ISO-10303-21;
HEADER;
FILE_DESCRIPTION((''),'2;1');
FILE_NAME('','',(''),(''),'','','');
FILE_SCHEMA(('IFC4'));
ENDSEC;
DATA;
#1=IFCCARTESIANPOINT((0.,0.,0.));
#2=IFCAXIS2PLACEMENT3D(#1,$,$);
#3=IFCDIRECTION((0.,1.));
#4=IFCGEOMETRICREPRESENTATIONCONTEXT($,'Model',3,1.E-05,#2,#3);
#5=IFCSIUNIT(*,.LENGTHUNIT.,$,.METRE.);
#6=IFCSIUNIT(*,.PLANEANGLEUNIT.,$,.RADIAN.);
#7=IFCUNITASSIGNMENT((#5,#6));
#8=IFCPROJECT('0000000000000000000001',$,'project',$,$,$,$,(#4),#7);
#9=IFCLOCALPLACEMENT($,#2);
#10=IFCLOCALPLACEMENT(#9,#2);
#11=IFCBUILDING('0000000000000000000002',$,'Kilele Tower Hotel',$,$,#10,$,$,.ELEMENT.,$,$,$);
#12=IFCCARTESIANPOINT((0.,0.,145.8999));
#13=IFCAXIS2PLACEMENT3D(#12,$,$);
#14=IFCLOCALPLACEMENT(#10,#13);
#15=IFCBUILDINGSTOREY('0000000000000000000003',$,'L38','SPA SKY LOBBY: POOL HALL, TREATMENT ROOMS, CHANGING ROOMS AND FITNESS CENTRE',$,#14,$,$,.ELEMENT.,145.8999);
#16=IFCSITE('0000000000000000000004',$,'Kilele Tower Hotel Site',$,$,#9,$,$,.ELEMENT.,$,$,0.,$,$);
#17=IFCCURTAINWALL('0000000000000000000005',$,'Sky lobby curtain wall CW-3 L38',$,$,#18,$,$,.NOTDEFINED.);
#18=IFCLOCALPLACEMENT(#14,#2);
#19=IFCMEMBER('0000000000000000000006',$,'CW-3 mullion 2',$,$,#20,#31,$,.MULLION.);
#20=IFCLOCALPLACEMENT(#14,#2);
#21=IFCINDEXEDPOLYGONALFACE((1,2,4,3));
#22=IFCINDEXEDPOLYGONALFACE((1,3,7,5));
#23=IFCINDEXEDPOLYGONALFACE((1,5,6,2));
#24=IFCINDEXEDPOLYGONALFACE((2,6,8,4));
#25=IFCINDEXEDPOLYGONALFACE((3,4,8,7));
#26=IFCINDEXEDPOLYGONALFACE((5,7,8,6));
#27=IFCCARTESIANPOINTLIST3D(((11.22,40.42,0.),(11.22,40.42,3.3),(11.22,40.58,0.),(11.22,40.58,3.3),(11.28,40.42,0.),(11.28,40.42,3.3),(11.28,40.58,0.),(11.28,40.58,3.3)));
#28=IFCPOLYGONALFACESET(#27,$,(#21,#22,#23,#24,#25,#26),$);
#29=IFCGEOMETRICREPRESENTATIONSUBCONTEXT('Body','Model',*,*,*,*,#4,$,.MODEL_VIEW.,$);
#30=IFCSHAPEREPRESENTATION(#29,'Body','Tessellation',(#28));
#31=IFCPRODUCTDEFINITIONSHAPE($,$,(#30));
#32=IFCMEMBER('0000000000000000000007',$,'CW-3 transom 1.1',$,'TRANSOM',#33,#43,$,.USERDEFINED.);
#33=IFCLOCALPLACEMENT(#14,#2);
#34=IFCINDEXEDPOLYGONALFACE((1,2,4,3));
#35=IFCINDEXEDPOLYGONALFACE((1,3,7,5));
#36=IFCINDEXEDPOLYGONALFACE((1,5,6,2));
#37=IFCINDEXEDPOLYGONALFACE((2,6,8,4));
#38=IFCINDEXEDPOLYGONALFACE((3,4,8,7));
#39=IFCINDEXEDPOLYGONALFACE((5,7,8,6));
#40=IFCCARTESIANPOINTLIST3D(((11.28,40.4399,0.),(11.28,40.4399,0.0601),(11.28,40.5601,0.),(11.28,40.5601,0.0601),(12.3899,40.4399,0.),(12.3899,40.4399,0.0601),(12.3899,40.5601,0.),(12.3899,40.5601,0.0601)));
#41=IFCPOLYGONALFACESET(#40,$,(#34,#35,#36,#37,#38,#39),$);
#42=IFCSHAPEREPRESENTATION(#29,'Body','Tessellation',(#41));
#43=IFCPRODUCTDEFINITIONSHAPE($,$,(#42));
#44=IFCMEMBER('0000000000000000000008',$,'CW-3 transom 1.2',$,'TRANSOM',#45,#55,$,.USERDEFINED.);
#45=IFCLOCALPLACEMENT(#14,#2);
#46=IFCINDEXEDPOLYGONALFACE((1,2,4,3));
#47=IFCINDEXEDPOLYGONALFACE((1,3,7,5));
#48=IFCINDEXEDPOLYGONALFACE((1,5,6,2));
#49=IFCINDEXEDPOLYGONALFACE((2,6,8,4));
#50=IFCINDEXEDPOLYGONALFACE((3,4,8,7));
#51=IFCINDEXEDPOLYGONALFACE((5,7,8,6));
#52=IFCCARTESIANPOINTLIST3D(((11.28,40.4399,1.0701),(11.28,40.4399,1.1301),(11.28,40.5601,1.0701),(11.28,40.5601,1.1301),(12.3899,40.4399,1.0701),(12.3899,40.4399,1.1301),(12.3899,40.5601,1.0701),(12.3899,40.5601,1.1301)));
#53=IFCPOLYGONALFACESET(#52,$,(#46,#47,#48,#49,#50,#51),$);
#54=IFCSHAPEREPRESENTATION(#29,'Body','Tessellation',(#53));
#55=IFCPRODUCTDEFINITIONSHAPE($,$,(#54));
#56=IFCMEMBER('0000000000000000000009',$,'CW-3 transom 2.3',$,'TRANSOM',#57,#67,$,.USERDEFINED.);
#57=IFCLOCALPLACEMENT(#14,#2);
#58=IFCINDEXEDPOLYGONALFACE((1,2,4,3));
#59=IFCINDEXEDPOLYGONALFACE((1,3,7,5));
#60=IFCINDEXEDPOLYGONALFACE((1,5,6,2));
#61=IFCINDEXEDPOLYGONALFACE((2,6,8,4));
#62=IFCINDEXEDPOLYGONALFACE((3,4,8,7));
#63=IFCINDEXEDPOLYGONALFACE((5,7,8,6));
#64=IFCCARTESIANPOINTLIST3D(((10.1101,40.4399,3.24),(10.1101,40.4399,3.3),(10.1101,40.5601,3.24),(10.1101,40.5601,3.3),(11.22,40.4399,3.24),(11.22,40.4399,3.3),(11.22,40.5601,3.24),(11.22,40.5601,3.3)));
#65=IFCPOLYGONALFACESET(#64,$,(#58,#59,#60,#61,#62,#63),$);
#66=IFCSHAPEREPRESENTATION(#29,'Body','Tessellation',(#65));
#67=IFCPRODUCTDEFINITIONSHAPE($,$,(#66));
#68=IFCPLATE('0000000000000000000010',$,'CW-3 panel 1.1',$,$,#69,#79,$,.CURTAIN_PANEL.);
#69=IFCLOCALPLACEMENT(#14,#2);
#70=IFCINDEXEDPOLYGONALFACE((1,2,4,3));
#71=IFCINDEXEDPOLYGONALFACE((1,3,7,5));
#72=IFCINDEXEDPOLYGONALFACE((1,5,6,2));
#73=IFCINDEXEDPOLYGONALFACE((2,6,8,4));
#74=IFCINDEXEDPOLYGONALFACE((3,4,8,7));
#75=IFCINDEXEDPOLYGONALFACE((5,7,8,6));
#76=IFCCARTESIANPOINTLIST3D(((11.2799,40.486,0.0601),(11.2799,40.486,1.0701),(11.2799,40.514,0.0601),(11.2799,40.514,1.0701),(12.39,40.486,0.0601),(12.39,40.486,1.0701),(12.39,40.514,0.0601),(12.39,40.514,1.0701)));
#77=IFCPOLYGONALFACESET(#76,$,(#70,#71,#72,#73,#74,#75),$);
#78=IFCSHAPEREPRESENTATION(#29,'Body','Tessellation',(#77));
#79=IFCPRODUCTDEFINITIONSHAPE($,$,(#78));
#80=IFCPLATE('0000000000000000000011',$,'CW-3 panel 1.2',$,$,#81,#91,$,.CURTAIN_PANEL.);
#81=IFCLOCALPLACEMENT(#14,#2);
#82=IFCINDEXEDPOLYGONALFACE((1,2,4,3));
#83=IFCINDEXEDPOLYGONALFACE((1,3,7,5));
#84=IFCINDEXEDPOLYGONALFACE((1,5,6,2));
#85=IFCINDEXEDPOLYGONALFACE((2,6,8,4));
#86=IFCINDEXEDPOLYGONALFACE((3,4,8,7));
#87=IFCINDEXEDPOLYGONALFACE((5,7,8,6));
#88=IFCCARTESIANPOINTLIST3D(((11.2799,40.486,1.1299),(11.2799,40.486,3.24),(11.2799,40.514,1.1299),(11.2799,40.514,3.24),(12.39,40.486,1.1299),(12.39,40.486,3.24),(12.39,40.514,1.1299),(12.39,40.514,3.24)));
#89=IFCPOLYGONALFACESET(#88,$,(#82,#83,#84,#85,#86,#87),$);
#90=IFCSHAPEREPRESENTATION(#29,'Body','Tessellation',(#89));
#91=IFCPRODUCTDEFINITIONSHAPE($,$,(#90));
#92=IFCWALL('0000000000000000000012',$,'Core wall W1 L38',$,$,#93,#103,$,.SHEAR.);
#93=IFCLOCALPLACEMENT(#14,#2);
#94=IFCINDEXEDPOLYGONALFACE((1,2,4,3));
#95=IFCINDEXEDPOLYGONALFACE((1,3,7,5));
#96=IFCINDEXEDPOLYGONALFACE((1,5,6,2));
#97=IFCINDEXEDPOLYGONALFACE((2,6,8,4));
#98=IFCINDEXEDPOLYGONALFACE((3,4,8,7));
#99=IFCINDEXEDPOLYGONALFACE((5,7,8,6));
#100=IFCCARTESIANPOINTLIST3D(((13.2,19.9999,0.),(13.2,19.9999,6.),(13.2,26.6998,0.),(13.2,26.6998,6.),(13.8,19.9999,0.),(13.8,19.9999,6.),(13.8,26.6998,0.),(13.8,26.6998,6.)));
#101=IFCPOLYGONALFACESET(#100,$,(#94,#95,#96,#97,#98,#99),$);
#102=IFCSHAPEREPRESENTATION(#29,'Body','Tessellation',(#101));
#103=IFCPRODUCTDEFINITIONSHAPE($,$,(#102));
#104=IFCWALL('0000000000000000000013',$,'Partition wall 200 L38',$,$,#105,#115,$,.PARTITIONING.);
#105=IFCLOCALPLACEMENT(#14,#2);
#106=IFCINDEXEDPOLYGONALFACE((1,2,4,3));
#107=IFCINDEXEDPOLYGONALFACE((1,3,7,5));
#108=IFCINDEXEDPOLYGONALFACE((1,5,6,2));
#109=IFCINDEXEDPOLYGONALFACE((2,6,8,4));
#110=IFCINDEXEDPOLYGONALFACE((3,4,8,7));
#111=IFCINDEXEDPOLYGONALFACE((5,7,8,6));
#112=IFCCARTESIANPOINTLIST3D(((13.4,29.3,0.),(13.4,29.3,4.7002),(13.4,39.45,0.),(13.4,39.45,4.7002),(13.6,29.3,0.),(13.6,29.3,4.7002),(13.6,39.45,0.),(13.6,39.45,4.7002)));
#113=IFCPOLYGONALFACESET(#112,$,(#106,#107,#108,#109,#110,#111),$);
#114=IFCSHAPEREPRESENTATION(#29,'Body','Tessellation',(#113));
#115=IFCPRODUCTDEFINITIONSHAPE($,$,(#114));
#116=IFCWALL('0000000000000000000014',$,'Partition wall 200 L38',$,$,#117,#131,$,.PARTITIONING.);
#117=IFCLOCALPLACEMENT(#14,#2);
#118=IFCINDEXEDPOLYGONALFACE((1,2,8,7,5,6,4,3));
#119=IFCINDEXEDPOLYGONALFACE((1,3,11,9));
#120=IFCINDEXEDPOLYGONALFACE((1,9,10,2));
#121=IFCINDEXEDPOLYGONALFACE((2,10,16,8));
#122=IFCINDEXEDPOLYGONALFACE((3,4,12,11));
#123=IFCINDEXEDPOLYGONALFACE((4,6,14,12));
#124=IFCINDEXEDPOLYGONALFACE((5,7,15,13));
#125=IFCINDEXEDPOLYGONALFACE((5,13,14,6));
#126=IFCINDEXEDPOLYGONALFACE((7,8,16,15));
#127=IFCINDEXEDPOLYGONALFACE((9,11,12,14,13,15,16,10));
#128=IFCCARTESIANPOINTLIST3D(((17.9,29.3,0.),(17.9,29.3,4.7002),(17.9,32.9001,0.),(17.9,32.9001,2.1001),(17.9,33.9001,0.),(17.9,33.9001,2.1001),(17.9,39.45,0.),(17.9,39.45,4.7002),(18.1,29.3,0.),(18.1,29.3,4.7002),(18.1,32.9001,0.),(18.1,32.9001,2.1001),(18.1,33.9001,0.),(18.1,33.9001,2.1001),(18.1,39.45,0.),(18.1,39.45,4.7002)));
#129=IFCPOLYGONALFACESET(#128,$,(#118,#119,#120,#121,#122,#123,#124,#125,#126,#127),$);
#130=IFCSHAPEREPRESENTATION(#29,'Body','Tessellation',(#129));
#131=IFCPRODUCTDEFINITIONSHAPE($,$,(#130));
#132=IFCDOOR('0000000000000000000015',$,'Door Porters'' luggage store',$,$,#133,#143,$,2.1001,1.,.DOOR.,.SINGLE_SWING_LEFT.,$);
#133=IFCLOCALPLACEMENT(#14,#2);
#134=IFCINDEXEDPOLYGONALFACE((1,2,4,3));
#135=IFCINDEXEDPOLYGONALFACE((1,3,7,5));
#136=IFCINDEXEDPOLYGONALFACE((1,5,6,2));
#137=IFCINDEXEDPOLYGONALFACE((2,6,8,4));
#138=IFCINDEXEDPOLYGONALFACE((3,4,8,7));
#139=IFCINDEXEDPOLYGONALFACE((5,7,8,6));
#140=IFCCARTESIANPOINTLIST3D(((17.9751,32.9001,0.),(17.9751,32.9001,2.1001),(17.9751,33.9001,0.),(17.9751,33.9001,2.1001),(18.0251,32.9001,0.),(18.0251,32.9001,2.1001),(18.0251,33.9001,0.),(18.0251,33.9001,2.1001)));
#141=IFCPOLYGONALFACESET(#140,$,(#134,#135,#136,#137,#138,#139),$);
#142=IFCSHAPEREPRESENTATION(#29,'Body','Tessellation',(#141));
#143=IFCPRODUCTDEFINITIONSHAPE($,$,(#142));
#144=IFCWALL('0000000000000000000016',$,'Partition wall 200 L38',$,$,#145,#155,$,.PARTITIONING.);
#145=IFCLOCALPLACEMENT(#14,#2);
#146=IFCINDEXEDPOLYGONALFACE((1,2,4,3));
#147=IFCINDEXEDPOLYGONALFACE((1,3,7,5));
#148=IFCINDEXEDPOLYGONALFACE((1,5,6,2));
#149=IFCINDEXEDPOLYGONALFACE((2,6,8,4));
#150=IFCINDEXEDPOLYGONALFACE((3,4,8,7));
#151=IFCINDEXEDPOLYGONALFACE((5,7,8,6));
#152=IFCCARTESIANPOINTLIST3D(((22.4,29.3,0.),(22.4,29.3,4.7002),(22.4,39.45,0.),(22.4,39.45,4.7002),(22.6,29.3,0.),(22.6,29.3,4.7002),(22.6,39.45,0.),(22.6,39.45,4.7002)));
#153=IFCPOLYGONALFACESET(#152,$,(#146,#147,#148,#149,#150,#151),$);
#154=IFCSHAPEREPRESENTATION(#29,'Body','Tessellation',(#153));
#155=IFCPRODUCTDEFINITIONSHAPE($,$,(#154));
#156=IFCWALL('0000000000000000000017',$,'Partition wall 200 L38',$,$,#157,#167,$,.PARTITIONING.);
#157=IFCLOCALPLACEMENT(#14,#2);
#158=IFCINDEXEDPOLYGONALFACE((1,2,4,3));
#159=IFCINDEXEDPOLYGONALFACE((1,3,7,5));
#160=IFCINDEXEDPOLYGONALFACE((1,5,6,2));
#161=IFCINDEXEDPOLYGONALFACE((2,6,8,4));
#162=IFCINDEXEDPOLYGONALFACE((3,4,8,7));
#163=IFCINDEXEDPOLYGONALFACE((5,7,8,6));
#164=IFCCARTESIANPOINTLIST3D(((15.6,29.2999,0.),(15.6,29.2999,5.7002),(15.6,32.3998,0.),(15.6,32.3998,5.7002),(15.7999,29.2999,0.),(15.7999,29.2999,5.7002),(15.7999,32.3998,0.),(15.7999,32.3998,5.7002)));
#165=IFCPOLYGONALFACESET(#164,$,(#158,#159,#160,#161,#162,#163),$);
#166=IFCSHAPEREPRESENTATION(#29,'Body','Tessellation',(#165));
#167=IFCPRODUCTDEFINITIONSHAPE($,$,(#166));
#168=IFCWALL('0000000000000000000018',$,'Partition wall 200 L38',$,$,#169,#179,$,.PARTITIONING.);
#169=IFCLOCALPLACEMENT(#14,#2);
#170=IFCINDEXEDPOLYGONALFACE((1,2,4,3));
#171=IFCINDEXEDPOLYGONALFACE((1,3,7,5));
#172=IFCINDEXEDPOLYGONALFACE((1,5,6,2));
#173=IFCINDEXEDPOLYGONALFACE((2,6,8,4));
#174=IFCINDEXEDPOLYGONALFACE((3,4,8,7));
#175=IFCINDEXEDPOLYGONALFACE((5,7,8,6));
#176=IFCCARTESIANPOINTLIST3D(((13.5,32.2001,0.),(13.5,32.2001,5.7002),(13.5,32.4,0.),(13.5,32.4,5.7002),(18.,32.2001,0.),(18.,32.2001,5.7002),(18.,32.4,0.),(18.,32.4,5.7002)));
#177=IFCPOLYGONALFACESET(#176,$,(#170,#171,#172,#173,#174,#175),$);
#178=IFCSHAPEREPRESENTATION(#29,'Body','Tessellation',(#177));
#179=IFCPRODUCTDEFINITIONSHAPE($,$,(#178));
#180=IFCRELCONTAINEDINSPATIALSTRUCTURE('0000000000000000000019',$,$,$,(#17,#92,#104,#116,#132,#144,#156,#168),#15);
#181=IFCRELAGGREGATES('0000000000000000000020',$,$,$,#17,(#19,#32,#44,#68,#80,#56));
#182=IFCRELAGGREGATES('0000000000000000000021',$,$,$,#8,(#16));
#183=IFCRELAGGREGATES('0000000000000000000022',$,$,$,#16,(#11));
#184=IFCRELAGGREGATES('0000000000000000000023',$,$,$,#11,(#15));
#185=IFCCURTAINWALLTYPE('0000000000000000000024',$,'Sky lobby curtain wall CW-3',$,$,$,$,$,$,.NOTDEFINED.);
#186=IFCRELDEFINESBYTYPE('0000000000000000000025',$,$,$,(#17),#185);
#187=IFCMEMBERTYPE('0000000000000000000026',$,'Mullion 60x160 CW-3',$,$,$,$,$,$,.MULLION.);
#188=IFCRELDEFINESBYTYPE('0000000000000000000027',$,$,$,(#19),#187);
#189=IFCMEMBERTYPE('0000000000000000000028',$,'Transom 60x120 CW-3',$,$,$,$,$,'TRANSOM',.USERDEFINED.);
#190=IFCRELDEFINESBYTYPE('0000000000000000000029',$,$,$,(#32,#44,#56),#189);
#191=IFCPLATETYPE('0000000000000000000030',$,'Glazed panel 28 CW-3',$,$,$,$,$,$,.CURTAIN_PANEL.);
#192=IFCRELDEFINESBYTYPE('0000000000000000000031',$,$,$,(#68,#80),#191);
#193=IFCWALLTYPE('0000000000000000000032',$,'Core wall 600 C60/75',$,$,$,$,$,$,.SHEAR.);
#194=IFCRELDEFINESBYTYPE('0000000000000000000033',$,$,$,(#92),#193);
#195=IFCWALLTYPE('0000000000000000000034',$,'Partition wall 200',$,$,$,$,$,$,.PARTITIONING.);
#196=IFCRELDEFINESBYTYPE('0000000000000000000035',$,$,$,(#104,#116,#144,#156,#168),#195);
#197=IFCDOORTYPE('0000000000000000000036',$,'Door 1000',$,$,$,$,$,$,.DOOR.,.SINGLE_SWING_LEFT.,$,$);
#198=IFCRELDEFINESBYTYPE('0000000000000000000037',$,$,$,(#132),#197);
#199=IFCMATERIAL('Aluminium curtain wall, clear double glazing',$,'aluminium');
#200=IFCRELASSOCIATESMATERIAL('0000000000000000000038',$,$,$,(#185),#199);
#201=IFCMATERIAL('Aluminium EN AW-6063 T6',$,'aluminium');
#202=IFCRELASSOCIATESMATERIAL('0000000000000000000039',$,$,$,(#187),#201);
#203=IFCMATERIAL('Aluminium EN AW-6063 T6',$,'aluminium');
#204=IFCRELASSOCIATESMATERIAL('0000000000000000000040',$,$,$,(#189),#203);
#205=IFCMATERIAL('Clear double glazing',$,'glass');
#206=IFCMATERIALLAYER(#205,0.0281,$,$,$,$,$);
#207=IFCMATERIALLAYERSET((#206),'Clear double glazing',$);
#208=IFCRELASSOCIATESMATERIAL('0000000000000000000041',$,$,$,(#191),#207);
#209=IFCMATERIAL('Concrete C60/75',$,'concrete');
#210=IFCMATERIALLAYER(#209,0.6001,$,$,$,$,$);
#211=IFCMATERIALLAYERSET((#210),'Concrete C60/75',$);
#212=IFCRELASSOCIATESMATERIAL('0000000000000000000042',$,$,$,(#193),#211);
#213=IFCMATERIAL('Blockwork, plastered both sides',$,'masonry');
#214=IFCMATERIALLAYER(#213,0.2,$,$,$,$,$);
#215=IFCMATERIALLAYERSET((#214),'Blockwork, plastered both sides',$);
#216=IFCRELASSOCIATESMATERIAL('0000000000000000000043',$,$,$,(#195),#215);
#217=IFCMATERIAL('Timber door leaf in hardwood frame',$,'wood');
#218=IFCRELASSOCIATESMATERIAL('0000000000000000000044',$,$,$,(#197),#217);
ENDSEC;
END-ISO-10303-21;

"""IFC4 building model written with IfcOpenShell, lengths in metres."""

from ifc_helpers import new_model, si_unit, direction, frame, frame_2d, origin, origin_2d, place, context, subcontext, project, spatial, rectangle, extrude, material, layer, layer_set, material_profile, profile_set, type_object, element, fill, aggregate, save


model = new_model("IFC4")

# Units and contexts
model_context = context("Model", 3, precision=1e-05, world=origin(), true_north=direction((0.0, 1.0)))
body_context = subcontext(model_context, "Body", "Model", "MODEL_VIEW")
ifc_project = project(units=[si_unit("LENGTHUNIT", "METRE"), si_unit("PLANEANGLEUNIT", "RADIAN")], contexts=[model_context])

# Site, building, storey
site_placement = place(None, origin())
site = spatial("IfcSite", under=ifc_project, at=site_placement, Name="Kilele Tower Hotel Site", CompositionType="ELEMENT", RefElevation=0.0)
building_placement = place(site_placement, origin())
building = spatial("IfcBuilding", under=site, at=building_placement, Name="Kilele Tower Hotel", CompositionType="ELEMENT")
storey_placement = place(building_placement, frame((0.0, 0.0, 145.8999)))
storey = spatial("IfcBuildingStorey", under=building, at=storey_placement, Name="L38", Description="SPA SKY LOBBY: POOL HALL, TREATMENT ROOMS, CHANGING ROOMS AND FITNESS CENTRE", CompositionType="ELEMENT", Elevation=145.8999)

# Curtain wall, members, plates
ifc_material_1 = material(Name="Aluminium curtain wall, clear double glazing", Category="aluminium")
curtain_wall_type = type_object("IfcCurtainWallType", Name="Sky lobby curtain wall CW-3", PredefinedType="NOTDEFINED", material=ifc_material_1)
curtain_wall_placement = place(storey_placement, origin())
curtain_wall = element("IfcCurtainWall", 1, at=curtain_wall_placement, inside=storey, type_object=curtain_wall_type, Name="Sky lobby curtain wall CW-3 L38", PredefinedType="NOTDEFINED")
ifc_material_2 = material(Name="Aluminium EN AW-6063 T6", Category="aluminium")
ifc_material_profile_1 = material_profile(ifc_material_2, rectangle(XDim=0.1599, YDim=0.0601, at=origin_2d()))
ifc_profile_set_1 = profile_set([ifc_material_profile_1], Name="Aluminium EN AW-6063 T6")
member_type_1 = type_object("IfcMemberType", Name="Mullion 60x160 CW-3", PredefinedType="MULLION", material=ifc_profile_set_1)
member_1_placement = place(storey_placement, frame((11.25, 40.5, 0.0), z_axis=(0.0, 0.0, 1.0), x_axis=(0.0, -1.0, 0.0)))
member_1 = element("IfcMember", 2, at=member_1_placement, type_object=member_type_1, Name="CW-3 mullion 2", PredefinedType="MULLION", context=body_context, shape_type="SweptSolid", body=[
    extrude(rectangle(XDim=0.1599, YDim=0.0601, at=origin_2d()), origin(), (0.0, 0.0, 1.0), 3.3),
])
ifc_material_3 = material(Name="Aluminium EN AW-6063 T6", Category="aluminium")
ifc_material_profile_2 = material_profile(ifc_material_3, rectangle(XDim=0.1201, YDim=0.0601, at=origin_2d()))
ifc_profile_set_2 = profile_set([ifc_material_profile_2], Name="Aluminium EN AW-6063 T6")
member_type_2 = type_object("IfcMemberType", Name="Transom 60x120 CW-3", ElementType="TRANSOM", PredefinedType="USERDEFINED", material=ifc_profile_set_2)
member_2_placement = place(storey_placement, frame((12.3899, 40.5, 0.03), z_axis=(-1.0, 0.0, 0.0), x_axis=(0.0, -1.0, 0.0)))
member_2 = element("IfcMember", 3, at=member_2_placement, type_object=member_type_2, Name="CW-3 transom 1.1", ObjectType="TRANSOM", PredefinedType="USERDEFINED", context=body_context, shape_type="SweptSolid", body=[
    extrude(rectangle(XDim=0.1201, YDim=0.0601, at=origin_2d()), origin(), (0.0, 0.0, 1.0), 1.1099),
])
member_3_placement = place(storey_placement, frame((12.3899, 40.5, 1.1001), z_axis=(-1.0, 0.0, 0.0), x_axis=(0.0, -1.0, 0.0)))
member_3 = element("IfcMember", 4, at=member_3_placement, type_object=member_type_2, Name="CW-3 transom 1.2", ObjectType="TRANSOM", PredefinedType="USERDEFINED", context=body_context, shape_type="SweptSolid", body=[
    extrude(rectangle(XDim=0.1201, YDim=0.0601, at=origin_2d()), origin(), (0.0, 0.0, 1.0), 1.1099),
])
member_4_placement = place(storey_placement, frame((11.22, 40.5, 3.27), z_axis=(-1.0, 0.0, 0.0), x_axis=(0.0, -1.0, 0.0)))
member_4 = element("IfcMember", 5, at=member_4_placement, type_object=member_type_2, Name="CW-3 transom 2.3", ObjectType="TRANSOM", PredefinedType="USERDEFINED", context=body_context, shape_type="SweptSolid", body=[
    extrude(rectangle(XDim=0.1201, YDim=0.0601, at=origin_2d()), origin(), (0.0, 0.0, 1.0), 1.1099),
])
ifc_material_4 = material(Name="Clear double glazing", Category="glass")
ifc_layer_1 = layer(ifc_material_4, 0.0281)
ifc_layer_set_1 = layer_set([ifc_layer_1], Name="Clear double glazing")
plate_type = type_object("IfcPlateType", Name="Glazed panel 28 CW-3", PredefinedType="CURTAIN_PANEL", material=ifc_layer_set_1)
plate_1_placement = place(storey_placement, frame((11.835, 40.5, 0.0601), z_axis=(0.0, 0.0, 1.0), x_axis=(-1.0, 0.0, 0.0)))
plate_1 = element("IfcPlate", 6, at=plate_1_placement, type_object=plate_type, Name="CW-3 panel 1.1", PredefinedType="CURTAIN_PANEL", context=body_context, shape_type="SweptSolid", body=[
    extrude(rectangle(XDim=1.1101, YDim=0.0281, at=origin_2d()), origin(), (0.0, 0.0, 1.0), 1.01),
])
plate_2_placement = place(storey_placement, frame((11.835, 40.5, 1.1299), z_axis=(0.0, 0.0, 1.0), x_axis=(-1.0, 0.0, 0.0)))
plate_2 = element("IfcPlate", 7, at=plate_2_placement, type_object=plate_type, Name="CW-3 panel 1.2", PredefinedType="CURTAIN_PANEL", context=body_context, shape_type="SweptSolid", body=[
    extrude(rectangle(XDim=1.1101, YDim=0.0281, at=origin_2d()), origin(), (0.0, 0.0, 1.0), 2.1101),
])
aggregate(curtain_wall, [member_1, member_2, member_3, plate_1, plate_2, member_4])

# Walls
ifc_material_5 = material(Name="Concrete C60/75", Category="concrete")
ifc_layer_2 = layer(ifc_material_5, 0.6001)
ifc_layer_set_2 = layer_set([ifc_layer_2], Name="Concrete C60/75")
wall_type_1 = type_object("IfcWallType", Name="Core wall 600 C60/75", PredefinedType="SHEAR", material=ifc_layer_set_2)
wall_1_placement = place(storey_placement, frame((13.5, 26.7, 0.0), z_axis=(0.0, 0.0, 1.0), x_axis=(0.0, -1.0, 0.0)))
element("IfcWall", 8, at=wall_1_placement, inside=storey, type_object=wall_type_1, Name="Core wall W1 L38", PredefinedType="SHEAR", context=body_context, shape_type="SweptSolid", body=[
    extrude(rectangle(XDim=6.7, YDim=0.6001, at=frame_2d((3.3501, 0.0))), origin(), (0.0, 0.0, 1.0), 6.0),
])
ifc_material_6 = material(Name="Blockwork, plastered both sides", Category="masonry")
ifc_layer_3 = layer(ifc_material_6, 0.2)
ifc_layer_set_3 = layer_set([ifc_layer_3], Name="Blockwork, plastered both sides")
wall_type_2 = type_object("IfcWallType", Name="Partition wall 200", PredefinedType="PARTITIONING", material=ifc_layer_set_3)
wall_2_placement = place(storey_placement, frame((13.5, 29.3, 0.0), z_axis=(0.0, 0.0, 1.0), x_axis=(0.0, 1.0, 0.0)))
element("IfcWall", 9, at=wall_2_placement, inside=storey, type_object=wall_type_2, Name="Partition wall 200 L38", PredefinedType="PARTITIONING", context=body_context, shape_type="SweptSolid", body=[
    extrude(rectangle(XDim=10.1499, YDim=0.2, at=frame_2d((5.075, 0.0))), origin(), (0.0, 0.0, 1.0), 4.7002),
])

# Wall, opening, door
wall_3_placement = place(storey_placement, frame((18.0, 29.3, 0.0), z_axis=(0.0, 0.0, 1.0), x_axis=(0.0, 1.0, 0.0)))
wall_3 = element("IfcWall", 10, at=wall_3_placement, inside=storey, type_object=wall_type_2, Name="Partition wall 200 L38", PredefinedType="PARTITIONING", context=body_context, shape_type="SweptSolid", body=[
    extrude(rectangle(XDim=10.1499, YDim=0.2, at=frame_2d((5.075, 0.0))), origin(), (0.0, 0.0, 1.0), 4.7002),
])
opening_placement = place(wall_3_placement, frame((3.6001, 0.0, 0.0)))
opening = element("IfcOpeningElement", 11, at=opening_placement, cuts=wall_3, PredefinedType="OPENING", context=body_context, shape_type="SweptSolid", body=[
    extrude(rectangle(XDim=1.0, YDim=2.1001, at=frame_2d((0.5, 1.05))), frame((0.0, 0.1099, 0.0), z_axis=(0.0, -1.0, 0.0), x_axis=(1.0, 0.0, 0.0)), (0.0, 0.0, 1.0), 0.22),
])
ifc_material_7 = material(Name="Timber door leaf in hardwood frame", Category="wood")
door_type = type_object("IfcDoorType", Name="Door 1000", OperationType="SINGLE_SWING_LEFT", PredefinedType="DOOR", material=ifc_material_7)
door_placement = place(opening_placement, origin())
door = element("IfcDoor", 12, at=door_placement, inside=storey, type_object=door_type, Name="Door Porters' luggage store", OperationType="SINGLE_SWING_LEFT", OverallHeight=2.1001, OverallWidth=1.0, PredefinedType="DOOR", context=body_context, shape_type="SweptSolid", body=[
    extrude(rectangle(XDim=1.0, YDim=2.1001, at=frame_2d((0.5, 1.05))), frame((0.0, 0.0249, 0.0), z_axis=(0.0, -1.0, 0.0), x_axis=(1.0, 0.0, 0.0)), (0.0, 0.0, 1.0), 0.05),
])
fill(opening, door)

# Walls
wall_4_placement = place(storey_placement, frame((22.5, 29.3, 0.0), z_axis=(0.0, 0.0, 1.0), x_axis=(0.0, 1.0, 0.0)))
element("IfcWall", 13, at=wall_4_placement, inside=storey, type_object=wall_type_2, Name="Partition wall 200 L38", PredefinedType="PARTITIONING", context=body_context, shape_type="SweptSolid", body=[
    extrude(rectangle(XDim=10.1499, YDim=0.2, at=frame_2d((5.075, 0.0))), origin(), (0.0, 0.0, 1.0), 4.7002),
])
wall_5_placement = place(storey_placement, frame((15.7, 29.3, 0.0), z_axis=(0.0, 0.0, 1.0), x_axis=(0.0, 1.0, 0.0)))
element("IfcWall", 14, at=wall_5_placement, inside=storey, type_object=wall_type_2, Name="Partition wall 200 L38", PredefinedType="PARTITIONING", context=body_context, shape_type="SweptSolid", body=[
    extrude(rectangle(XDim=3.0999, YDim=0.2, at=frame_2d((1.5498, 0.0))), origin(), (0.0, 0.0, 1.0), 5.7002),
])
wall_6_placement = place(storey_placement, frame((13.5, 32.3, 0.0), z_axis=(0.0, 0.0, 1.0), x_axis=(1.0, 0.0, 0.0)))
element("IfcWall", 15, at=wall_6_placement, inside=storey, type_object=wall_type_2, Name="Partition wall 200 L38", PredefinedType="PARTITIONING", context=body_context, shape_type="SweptSolid", body=[
    extrude(rectangle(XDim=4.5, YDim=0.2, at=frame_2d((2.25, 0.0))), origin(), (0.0, 0.0, 1.0), 5.7002),
])

save(model, "model.ifc")
